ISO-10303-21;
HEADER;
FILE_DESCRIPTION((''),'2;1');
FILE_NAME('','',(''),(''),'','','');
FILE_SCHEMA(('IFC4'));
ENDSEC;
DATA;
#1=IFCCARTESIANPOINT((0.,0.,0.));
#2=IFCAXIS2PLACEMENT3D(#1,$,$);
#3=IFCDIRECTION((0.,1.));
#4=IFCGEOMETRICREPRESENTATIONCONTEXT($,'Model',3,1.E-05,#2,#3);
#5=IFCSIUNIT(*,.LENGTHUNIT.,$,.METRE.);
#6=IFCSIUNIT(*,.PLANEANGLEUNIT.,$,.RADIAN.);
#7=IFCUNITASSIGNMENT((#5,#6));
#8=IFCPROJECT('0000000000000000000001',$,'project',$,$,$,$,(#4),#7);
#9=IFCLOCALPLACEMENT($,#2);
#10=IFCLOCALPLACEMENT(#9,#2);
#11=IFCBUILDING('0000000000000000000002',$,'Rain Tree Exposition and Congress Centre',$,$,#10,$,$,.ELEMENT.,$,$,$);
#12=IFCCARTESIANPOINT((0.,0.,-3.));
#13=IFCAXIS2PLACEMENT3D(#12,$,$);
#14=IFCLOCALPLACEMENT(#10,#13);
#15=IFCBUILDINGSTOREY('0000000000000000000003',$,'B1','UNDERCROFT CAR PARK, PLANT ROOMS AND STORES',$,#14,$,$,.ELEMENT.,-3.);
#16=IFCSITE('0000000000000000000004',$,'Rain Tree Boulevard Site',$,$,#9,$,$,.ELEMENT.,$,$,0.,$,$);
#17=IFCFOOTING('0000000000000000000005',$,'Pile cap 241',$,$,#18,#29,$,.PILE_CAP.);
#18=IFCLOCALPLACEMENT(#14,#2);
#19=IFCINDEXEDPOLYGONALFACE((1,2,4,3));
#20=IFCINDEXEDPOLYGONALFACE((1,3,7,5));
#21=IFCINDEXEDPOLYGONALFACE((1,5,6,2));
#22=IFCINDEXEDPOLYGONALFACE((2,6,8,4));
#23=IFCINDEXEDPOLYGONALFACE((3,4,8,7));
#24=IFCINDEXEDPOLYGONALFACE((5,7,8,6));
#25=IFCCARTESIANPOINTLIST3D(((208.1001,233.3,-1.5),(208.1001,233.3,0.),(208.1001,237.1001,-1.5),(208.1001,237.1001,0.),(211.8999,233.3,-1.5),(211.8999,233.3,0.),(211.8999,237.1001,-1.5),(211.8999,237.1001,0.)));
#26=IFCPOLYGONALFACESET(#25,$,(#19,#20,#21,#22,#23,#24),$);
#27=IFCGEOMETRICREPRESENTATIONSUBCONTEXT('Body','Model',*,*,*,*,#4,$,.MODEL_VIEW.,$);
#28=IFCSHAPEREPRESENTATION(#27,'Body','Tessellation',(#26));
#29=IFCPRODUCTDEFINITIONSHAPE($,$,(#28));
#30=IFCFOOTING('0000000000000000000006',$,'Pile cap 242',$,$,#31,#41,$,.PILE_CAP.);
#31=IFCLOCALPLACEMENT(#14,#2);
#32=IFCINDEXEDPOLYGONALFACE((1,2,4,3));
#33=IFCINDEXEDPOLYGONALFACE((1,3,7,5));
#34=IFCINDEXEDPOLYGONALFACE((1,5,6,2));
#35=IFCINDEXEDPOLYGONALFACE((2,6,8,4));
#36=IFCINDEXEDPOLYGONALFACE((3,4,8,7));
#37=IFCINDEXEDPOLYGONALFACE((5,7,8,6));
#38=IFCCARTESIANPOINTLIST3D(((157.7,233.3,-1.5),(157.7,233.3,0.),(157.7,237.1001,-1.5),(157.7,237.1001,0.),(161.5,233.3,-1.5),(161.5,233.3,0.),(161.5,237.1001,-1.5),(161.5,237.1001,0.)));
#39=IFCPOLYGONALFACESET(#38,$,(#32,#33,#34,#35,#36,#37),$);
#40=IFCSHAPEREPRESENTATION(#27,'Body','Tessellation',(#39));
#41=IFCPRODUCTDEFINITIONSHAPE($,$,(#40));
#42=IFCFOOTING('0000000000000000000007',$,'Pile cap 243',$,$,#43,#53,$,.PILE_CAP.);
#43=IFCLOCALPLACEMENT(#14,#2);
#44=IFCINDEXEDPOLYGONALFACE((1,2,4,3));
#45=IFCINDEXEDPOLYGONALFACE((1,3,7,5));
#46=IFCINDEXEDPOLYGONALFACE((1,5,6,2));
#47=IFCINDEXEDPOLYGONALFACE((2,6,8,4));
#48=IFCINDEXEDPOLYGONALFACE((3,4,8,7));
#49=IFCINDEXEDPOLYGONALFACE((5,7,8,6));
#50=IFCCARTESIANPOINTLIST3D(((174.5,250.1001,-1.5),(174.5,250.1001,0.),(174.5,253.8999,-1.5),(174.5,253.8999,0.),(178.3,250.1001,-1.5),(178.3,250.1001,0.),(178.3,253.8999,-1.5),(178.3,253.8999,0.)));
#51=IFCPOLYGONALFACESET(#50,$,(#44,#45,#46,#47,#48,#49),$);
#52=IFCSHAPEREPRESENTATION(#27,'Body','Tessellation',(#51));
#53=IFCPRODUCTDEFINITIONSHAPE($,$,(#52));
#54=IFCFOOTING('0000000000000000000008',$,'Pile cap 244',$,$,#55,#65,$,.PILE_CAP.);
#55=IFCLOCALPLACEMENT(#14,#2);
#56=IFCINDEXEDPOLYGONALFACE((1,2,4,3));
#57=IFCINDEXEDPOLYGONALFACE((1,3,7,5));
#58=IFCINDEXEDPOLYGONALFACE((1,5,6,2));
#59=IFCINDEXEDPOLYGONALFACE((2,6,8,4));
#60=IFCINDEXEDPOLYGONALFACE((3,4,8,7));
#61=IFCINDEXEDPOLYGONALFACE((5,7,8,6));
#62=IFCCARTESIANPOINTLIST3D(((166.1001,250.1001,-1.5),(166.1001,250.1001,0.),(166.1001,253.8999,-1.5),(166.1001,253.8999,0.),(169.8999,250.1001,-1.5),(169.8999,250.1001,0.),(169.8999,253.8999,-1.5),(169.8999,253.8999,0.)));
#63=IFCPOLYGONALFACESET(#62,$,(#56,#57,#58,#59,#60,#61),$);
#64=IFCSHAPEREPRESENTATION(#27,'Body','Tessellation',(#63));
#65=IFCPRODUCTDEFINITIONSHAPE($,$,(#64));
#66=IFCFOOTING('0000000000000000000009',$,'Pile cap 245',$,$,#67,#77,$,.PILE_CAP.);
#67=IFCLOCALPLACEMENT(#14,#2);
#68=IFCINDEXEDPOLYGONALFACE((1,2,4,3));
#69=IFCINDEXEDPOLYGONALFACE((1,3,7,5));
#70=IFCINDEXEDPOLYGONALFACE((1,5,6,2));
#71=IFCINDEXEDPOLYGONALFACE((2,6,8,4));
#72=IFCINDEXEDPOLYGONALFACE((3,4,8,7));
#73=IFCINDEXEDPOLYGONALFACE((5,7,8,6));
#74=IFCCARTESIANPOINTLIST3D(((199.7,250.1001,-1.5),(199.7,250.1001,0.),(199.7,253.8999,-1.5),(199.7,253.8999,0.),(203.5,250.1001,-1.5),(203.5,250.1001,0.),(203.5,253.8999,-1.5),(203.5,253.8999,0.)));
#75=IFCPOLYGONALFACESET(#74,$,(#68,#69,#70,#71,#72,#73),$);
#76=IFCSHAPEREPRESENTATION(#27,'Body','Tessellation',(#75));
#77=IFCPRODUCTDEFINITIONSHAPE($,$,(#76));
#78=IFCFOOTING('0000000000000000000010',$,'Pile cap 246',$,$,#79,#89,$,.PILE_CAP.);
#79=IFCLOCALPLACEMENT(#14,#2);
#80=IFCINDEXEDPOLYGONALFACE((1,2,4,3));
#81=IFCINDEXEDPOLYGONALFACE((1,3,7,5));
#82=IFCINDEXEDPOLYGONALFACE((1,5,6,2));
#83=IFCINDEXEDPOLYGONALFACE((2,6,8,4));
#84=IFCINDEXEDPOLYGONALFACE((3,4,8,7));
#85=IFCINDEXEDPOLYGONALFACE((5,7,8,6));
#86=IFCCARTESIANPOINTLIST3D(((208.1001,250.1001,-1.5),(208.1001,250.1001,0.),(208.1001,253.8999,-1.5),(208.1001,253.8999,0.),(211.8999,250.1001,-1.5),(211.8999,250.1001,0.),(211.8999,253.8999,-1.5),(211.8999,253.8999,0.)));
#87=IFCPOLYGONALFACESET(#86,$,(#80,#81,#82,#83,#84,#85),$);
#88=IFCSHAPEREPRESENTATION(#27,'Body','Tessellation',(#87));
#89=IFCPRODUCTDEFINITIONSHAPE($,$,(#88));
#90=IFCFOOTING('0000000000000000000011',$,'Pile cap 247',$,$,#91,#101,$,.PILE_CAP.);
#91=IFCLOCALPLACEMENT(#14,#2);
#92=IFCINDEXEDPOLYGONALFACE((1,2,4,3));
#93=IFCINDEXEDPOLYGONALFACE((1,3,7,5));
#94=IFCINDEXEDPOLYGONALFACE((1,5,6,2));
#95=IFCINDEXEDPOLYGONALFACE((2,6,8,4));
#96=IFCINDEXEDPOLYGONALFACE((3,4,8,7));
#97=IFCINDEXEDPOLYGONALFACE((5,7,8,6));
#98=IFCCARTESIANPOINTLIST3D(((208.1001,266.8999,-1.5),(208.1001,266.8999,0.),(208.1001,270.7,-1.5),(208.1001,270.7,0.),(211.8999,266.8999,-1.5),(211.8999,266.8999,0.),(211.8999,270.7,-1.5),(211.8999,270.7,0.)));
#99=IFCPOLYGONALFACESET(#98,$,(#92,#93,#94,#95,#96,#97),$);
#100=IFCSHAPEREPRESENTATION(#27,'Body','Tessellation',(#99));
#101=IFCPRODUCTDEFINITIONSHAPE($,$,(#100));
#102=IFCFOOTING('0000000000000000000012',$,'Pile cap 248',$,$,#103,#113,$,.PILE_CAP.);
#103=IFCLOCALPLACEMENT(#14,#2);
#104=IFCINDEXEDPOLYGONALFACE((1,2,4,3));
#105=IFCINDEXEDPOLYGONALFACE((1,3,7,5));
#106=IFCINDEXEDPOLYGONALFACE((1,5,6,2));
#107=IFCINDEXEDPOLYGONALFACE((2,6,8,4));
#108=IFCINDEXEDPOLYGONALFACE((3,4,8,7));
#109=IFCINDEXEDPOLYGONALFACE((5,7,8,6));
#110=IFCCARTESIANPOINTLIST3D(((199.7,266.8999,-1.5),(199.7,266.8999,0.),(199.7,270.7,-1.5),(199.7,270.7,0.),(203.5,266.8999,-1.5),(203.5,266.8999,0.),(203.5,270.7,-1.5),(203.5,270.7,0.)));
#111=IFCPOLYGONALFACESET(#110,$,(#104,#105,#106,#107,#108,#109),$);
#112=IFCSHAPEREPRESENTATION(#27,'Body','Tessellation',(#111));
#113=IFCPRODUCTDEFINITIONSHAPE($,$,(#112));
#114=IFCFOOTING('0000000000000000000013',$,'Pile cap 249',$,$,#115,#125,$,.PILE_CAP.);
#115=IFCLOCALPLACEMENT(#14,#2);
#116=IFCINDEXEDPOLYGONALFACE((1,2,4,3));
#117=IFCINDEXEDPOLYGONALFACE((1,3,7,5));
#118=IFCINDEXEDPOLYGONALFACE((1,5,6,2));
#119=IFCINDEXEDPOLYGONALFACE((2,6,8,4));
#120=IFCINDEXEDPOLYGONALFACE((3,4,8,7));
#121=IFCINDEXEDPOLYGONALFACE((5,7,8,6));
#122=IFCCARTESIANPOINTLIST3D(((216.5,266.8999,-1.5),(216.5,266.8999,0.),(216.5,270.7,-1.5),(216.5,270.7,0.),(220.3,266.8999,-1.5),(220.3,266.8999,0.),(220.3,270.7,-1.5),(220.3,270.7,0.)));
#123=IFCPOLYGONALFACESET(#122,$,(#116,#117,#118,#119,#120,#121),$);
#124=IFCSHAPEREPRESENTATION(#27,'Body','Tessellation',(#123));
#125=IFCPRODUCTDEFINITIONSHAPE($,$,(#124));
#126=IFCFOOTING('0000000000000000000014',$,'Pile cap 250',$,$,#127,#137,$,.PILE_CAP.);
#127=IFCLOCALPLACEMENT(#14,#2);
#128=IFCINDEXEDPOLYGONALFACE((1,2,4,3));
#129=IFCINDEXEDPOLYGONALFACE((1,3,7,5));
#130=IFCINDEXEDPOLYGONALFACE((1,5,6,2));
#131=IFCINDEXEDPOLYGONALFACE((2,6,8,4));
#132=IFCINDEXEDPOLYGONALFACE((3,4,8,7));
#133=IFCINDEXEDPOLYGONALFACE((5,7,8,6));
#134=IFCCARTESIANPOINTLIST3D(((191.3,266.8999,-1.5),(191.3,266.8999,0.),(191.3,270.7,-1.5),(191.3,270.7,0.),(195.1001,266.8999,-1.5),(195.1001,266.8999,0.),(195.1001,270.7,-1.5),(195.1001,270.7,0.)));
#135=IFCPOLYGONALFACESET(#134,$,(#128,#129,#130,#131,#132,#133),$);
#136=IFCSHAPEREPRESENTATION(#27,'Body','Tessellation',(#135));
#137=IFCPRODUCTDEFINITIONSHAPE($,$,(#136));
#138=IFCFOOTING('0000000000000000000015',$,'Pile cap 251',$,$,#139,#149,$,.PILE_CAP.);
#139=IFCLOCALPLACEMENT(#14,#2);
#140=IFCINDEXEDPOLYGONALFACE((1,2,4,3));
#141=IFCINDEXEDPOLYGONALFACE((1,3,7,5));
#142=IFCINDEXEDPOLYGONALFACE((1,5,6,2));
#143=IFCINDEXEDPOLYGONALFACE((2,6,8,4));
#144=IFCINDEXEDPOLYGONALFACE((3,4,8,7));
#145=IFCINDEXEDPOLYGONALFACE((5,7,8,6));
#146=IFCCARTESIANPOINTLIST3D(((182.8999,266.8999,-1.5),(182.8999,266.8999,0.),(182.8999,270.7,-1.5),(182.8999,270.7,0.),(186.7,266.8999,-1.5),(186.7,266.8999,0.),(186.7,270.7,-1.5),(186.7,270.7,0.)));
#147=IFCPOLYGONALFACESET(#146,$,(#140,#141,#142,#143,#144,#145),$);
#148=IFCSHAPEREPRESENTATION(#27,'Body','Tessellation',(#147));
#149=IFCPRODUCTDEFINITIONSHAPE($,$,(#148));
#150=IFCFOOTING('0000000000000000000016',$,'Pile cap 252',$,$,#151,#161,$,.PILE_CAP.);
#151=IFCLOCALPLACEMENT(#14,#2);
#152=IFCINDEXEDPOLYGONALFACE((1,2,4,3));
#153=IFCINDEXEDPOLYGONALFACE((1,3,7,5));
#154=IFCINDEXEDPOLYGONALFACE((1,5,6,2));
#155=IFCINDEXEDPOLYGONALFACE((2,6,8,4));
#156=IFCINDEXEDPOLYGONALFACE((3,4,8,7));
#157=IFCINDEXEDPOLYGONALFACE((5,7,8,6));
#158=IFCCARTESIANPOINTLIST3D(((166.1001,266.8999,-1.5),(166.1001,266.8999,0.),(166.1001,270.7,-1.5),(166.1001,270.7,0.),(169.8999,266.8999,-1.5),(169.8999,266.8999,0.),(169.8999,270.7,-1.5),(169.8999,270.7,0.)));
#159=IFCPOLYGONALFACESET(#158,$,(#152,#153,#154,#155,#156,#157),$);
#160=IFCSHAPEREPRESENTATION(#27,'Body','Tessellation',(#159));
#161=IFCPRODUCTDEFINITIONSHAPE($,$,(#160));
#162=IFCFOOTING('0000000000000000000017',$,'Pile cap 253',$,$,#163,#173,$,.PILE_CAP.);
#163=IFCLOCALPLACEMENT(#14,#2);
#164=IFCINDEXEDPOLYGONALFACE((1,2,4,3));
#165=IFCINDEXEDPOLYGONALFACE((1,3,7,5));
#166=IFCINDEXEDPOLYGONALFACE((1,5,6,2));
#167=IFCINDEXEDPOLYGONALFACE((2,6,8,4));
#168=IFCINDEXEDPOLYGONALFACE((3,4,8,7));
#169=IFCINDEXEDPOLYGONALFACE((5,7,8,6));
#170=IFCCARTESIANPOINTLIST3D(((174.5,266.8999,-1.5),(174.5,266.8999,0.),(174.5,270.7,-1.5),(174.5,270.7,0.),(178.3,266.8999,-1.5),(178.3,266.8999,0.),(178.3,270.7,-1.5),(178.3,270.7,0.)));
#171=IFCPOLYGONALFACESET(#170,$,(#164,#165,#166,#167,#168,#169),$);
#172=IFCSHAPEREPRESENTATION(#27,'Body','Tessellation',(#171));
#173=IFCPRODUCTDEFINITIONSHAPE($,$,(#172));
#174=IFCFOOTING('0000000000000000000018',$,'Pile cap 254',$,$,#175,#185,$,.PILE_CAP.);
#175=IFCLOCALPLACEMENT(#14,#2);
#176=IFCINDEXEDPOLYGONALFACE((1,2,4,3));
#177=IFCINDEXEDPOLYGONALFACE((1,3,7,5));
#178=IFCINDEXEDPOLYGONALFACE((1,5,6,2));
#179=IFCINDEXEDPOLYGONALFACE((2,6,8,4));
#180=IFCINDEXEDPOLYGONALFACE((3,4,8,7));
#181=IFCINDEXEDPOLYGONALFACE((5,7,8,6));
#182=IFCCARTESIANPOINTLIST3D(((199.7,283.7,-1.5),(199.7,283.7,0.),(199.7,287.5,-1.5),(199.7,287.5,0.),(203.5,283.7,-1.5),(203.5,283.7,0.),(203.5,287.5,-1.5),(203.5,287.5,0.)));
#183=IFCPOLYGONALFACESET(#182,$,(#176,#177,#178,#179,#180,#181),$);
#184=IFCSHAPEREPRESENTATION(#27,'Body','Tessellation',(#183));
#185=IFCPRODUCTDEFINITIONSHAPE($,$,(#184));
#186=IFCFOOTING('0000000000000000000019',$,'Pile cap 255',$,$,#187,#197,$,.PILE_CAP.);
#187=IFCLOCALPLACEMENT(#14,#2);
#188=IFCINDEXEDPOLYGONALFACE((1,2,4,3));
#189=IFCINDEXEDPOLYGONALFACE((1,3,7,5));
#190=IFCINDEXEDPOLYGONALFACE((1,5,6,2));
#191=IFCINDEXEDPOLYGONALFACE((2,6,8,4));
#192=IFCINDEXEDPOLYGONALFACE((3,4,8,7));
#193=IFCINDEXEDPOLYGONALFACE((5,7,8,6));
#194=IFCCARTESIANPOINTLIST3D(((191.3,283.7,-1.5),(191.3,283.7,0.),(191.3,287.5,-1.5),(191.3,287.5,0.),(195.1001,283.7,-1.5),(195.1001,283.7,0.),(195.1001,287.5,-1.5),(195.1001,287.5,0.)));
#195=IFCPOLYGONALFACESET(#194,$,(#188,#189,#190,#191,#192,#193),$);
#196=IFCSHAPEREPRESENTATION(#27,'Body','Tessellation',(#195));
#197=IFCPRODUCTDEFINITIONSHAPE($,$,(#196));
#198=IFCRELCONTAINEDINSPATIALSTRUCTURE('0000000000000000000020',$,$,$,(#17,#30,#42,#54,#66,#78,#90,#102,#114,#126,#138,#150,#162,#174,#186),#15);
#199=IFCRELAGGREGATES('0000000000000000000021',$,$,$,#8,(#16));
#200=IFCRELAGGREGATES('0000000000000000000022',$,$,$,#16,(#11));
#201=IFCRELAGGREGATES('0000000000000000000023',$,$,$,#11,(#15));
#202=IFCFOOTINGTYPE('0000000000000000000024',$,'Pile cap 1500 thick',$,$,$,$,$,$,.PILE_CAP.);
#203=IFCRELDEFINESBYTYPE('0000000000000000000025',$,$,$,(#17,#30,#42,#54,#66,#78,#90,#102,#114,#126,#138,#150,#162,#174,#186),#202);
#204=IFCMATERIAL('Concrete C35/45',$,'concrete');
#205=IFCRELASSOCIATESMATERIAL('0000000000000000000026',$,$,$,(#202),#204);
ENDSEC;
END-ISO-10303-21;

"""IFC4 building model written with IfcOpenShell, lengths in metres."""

from ifc_helpers import new_model, si_unit, direction, frame, origin, place, context, subcontext, project, spatial, polyline, outline, extrude, material, type_object, element, save


model = new_model("IFC4")

# Units and contexts
model_context = context("Model", 3, precision=1e-05, world=origin(), true_north=direction((0.0, 1.0)))
body_context = subcontext(model_context, "Body", "Model", "MODEL_VIEW")
ifc_project = project(units=[si_unit("LENGTHUNIT", "METRE"), si_unit("PLANEANGLEUNIT", "RADIAN")], contexts=[model_context])

# Site, building, storey
site_placement = place(None, origin())
site = spatial("IfcSite", under=ifc_project, at=site_placement, Name="Rain Tree Boulevard Site", CompositionType="ELEMENT", RefElevation=0.0)
building_placement = place(site_placement, origin())
building = spatial("IfcBuilding", under=site, at=building_placement, Name="Rain Tree Exposition and Congress Centre", CompositionType="ELEMENT")
storey_placement = place(building_placement, frame((0.0, 0.0, -3.0)))
storey = spatial("IfcBuildingStorey", under=building, at=storey_placement, Name="B1", Description="UNDERCROFT CAR PARK, PLANT ROOMS AND STORES", CompositionType="ELEMENT", Elevation=-3.0)

# Footings
ifc_material_1 = material(Name="Concrete C35/45", Category="concrete")
footing_type_1 = type_object("IfcFootingType", Name="Pile cap 1500 thick", PredefinedType="PILE_CAP", material=ifc_material_1)
footing_1_placement = place(storey_placement, frame((0.0, 0.0, -1.5)))
element("IfcFooting", 1, at=footing_1_placement, inside=storey, type_object=footing_type_1, Name="Pile cap 241", PredefinedType="PILE_CAP", context=body_context, shape_type="SweptSolid", body=[
    extrude(outline(polyline([(211.8999, 233.3), (211.8999, 237.1001), (208.1001, 237.1001), (208.1001, 233.3), (211.8999, 233.3)])), origin(), (0.0, 0.0, 1.0), 1.5),
])
footing_2_placement = place(storey_placement, frame((0.0, 0.0, -1.5)))
element("IfcFooting", 2, at=footing_2_placement, inside=storey, type_object=footing_type_1, Name="Pile cap 242", PredefinedType="PILE_CAP", context=body_context, shape_type="SweptSolid", body=[
    extrude(outline(polyline([(161.5, 233.3), (161.5, 237.1001), (157.7, 237.1001), (157.7, 233.3), (161.5, 233.3)])), origin(), (0.0, 0.0, 1.0), 1.5),
])
footing_3_placement = place(storey_placement, frame((0.0, 0.0, -1.5)))
element("IfcFooting", 3, at=footing_3_placement, inside=storey, type_object=footing_type_1, Name="Pile cap 243", PredefinedType="PILE_CAP", context=body_context, shape_type="SweptSolid", body=[
    extrude(outline(polyline([(178.3, 250.1001), (178.3, 253.8999), (174.5, 253.8999), (174.5, 250.1001), (178.3, 250.1001)])), origin(), (0.0, 0.0, 1.0), 1.5),
])
footing_4_placement = place(storey_placement, frame((0.0, 0.0, -1.5)))
element("IfcFooting", 4, at=footing_4_placement, inside=storey, type_object=footing_type_1, Name="Pile cap 244", PredefinedType="PILE_CAP", context=body_context, shape_type="SweptSolid", body=[
    extrude(outline(polyline([(169.8999, 250.1001), (169.8999, 253.8999), (166.1001, 253.8999), (166.1001, 250.1001), (169.8999, 250.1001)])), origin(), (0.0, 0.0, 1.0), 1.5),
])
footing_5_placement = place(storey_placement, frame((0.0, 0.0, -1.5)))
element("IfcFooting", 5, at=footing_5_placement, inside=storey, type_object=footing_type_1, Name="Pile cap 245", PredefinedType="PILE_CAP", context=body_context, shape_type="SweptSolid", body=[
    extrude(outline(polyline([(203.5, 250.1001), (203.5, 253.8999), (199.7, 253.8999), (199.7, 250.1001), (203.5, 250.1001)])), origin(), (0.0, 0.0, 1.0), 1.5),
])
footing_6_placement = place(storey_placement, frame((0.0, 0.0, -1.5)))
element("IfcFooting", 6, at=footing_6_placement, inside=storey, type_object=footing_type_1, Name="Pile cap 246", PredefinedType="PILE_CAP", context=body_context, shape_type="SweptSolid", body=[
    extrude(outline(polyline([(211.8999, 250.1001), (211.8999, 253.8999), (208.1001, 253.8999), (208.1001, 250.1001), (211.8999, 250.1001)])), origin(), (0.0, 0.0, 1.0), 1.5),
])
footing_7_placement = place(storey_placement, frame((0.0, 0.0, -1.5)))
element("IfcFooting", 7, at=footing_7_placement, inside=storey, type_object=footing_type_1, Name="Pile cap 247", PredefinedType="PILE_CAP", context=body_context, shape_type="SweptSolid", body=[
    extrude(outline(polyline([(211.8999, 266.8999), (211.8999, 270.7), (208.1001, 270.7), (208.1001, 266.8999), (211.8999, 266.8999)])), origin(), (0.0, 0.0, 1.0), 1.5),
])
footing_8_placement = place(storey_placement, frame((0.0, 0.0, -1.5)))
element("IfcFooting", 8, at=footing_8_placement, inside=storey, type_object=footing_type_1, Name="Pile cap 248", PredefinedType="PILE_CAP", context=body_context, shape_type="SweptSolid", body=[
    extrude(outline(polyline([(203.5, 266.8999), (203.5, 270.7), (199.7, 270.7), (199.7, 266.8999), (203.5, 266.8999)])), origin(), (0.0, 0.0, 1.0), 1.5),
])
footing_9_placement = place(storey_placement, frame((0.0, 0.0, -1.5)))
element("IfcFooting", 9, at=footing_9_placement, inside=storey, type_object=footing_type_1, Name="Pile cap 249", PredefinedType="PILE_CAP", context=body_context, shape_type="SweptSolid", body=[
    extrude(outline(polyline([(220.3, 266.8999), (220.3, 270.7), (216.5, 270.7), (216.5, 266.8999), (220.3, 266.8999)])), origin(), (0.0, 0.0, 1.0), 1.5),
])
footing_10_placement = place(storey_placement, frame((0.0, 0.0, -1.5)))
element("IfcFooting", 10, at=footing_10_placement, inside=storey, type_object=footing_type_1, Name="Pile cap 250", PredefinedType="PILE_CAP", context=body_context, shape_type="SweptSolid", body=[
    extrude(outline(polyline([(195.1001, 266.8999), (195.1001, 270.7), (191.3, 270.7), (191.3, 266.8999), (195.1001, 266.8999)])), origin(), (0.0, 0.0, 1.0), 1.5),
])
footing_11_placement = place(storey_placement, frame((0.0, 0.0, -1.5)))
element("IfcFooting", 11, at=footing_11_placement, inside=storey, type_object=footing_type_1, Name="Pile cap 251", PredefinedType="PILE_CAP", context=body_context, shape_type="SweptSolid", body=[
    extrude(outline(polyline([(186.7, 266.8999), (186.7, 270.7), (182.8999, 270.7), (182.8999, 266.8999), (186.7, 266.8999)])), origin(), (0.0, 0.0, 1.0), 1.5),
])
footing_12_placement = place(storey_placement, frame((0.0, 0.0, -1.5)))
element("IfcFooting", 12, at=footing_12_placement, inside=storey, type_object=footing_type_1, Name="Pile cap 252", PredefinedType="PILE_CAP", context=body_context, shape_type="SweptSolid", body=[
    extrude(outline(polyline([(169.8999, 266.8999), (169.8999, 270.7), (166.1001, 270.7), (166.1001, 266.8999), (169.8999, 266.8999)])), origin(), (0.0, 0.0, 1.0), 1.5),
])
footing_13_placement = place(storey_placement, frame((0.0, 0.0, -1.5)))
element("IfcFooting", 13, at=footing_13_placement, inside=storey, type_object=footing_type_1, Name="Pile cap 253", PredefinedType="PILE_CAP", context=body_context, shape_type="SweptSolid", body=[
    extrude(outline(polyline([(178.3, 266.8999), (178.3, 270.7), (174.5, 270.7), (174.5, 266.8999), (178.3, 266.8999)])), origin(), (0.0, 0.0, 1.0), 1.5),
])
footing_14_placement = place(storey_placement, frame((0.0, 0.0, -1.5)))
element("IfcFooting", 14, at=footing_14_placement, inside=storey, type_object=footing_type_1, Name="Pile cap 254", PredefinedType="PILE_CAP", context=body_context, shape_type="SweptSolid", body=[
    extrude(outline(polyline([(203.5, 283.7), (203.5, 287.5), (199.7, 287.5), (199.7, 283.7), (203.5, 283.7)])), origin(), (0.0, 0.0, 1.0), 1.5),
])
footing_15_placement = place(storey_placement, frame((0.0, 0.0, -1.5)))
element("IfcFooting", 15, at=footing_15_placement, inside=storey, type_object=footing_type_1, Name="Pile cap 255", PredefinedType="PILE_CAP", context=body_context, shape_type="SweptSolid", body=[
    extrude(outline(polyline([(195.1001, 283.7), (195.1001, 287.5), (191.3, 287.5), (191.3, 283.7), (195.1001, 283.7)])), origin(), (0.0, 0.0, 1.0), 1.5),
])

save(model, "model.ifc")
